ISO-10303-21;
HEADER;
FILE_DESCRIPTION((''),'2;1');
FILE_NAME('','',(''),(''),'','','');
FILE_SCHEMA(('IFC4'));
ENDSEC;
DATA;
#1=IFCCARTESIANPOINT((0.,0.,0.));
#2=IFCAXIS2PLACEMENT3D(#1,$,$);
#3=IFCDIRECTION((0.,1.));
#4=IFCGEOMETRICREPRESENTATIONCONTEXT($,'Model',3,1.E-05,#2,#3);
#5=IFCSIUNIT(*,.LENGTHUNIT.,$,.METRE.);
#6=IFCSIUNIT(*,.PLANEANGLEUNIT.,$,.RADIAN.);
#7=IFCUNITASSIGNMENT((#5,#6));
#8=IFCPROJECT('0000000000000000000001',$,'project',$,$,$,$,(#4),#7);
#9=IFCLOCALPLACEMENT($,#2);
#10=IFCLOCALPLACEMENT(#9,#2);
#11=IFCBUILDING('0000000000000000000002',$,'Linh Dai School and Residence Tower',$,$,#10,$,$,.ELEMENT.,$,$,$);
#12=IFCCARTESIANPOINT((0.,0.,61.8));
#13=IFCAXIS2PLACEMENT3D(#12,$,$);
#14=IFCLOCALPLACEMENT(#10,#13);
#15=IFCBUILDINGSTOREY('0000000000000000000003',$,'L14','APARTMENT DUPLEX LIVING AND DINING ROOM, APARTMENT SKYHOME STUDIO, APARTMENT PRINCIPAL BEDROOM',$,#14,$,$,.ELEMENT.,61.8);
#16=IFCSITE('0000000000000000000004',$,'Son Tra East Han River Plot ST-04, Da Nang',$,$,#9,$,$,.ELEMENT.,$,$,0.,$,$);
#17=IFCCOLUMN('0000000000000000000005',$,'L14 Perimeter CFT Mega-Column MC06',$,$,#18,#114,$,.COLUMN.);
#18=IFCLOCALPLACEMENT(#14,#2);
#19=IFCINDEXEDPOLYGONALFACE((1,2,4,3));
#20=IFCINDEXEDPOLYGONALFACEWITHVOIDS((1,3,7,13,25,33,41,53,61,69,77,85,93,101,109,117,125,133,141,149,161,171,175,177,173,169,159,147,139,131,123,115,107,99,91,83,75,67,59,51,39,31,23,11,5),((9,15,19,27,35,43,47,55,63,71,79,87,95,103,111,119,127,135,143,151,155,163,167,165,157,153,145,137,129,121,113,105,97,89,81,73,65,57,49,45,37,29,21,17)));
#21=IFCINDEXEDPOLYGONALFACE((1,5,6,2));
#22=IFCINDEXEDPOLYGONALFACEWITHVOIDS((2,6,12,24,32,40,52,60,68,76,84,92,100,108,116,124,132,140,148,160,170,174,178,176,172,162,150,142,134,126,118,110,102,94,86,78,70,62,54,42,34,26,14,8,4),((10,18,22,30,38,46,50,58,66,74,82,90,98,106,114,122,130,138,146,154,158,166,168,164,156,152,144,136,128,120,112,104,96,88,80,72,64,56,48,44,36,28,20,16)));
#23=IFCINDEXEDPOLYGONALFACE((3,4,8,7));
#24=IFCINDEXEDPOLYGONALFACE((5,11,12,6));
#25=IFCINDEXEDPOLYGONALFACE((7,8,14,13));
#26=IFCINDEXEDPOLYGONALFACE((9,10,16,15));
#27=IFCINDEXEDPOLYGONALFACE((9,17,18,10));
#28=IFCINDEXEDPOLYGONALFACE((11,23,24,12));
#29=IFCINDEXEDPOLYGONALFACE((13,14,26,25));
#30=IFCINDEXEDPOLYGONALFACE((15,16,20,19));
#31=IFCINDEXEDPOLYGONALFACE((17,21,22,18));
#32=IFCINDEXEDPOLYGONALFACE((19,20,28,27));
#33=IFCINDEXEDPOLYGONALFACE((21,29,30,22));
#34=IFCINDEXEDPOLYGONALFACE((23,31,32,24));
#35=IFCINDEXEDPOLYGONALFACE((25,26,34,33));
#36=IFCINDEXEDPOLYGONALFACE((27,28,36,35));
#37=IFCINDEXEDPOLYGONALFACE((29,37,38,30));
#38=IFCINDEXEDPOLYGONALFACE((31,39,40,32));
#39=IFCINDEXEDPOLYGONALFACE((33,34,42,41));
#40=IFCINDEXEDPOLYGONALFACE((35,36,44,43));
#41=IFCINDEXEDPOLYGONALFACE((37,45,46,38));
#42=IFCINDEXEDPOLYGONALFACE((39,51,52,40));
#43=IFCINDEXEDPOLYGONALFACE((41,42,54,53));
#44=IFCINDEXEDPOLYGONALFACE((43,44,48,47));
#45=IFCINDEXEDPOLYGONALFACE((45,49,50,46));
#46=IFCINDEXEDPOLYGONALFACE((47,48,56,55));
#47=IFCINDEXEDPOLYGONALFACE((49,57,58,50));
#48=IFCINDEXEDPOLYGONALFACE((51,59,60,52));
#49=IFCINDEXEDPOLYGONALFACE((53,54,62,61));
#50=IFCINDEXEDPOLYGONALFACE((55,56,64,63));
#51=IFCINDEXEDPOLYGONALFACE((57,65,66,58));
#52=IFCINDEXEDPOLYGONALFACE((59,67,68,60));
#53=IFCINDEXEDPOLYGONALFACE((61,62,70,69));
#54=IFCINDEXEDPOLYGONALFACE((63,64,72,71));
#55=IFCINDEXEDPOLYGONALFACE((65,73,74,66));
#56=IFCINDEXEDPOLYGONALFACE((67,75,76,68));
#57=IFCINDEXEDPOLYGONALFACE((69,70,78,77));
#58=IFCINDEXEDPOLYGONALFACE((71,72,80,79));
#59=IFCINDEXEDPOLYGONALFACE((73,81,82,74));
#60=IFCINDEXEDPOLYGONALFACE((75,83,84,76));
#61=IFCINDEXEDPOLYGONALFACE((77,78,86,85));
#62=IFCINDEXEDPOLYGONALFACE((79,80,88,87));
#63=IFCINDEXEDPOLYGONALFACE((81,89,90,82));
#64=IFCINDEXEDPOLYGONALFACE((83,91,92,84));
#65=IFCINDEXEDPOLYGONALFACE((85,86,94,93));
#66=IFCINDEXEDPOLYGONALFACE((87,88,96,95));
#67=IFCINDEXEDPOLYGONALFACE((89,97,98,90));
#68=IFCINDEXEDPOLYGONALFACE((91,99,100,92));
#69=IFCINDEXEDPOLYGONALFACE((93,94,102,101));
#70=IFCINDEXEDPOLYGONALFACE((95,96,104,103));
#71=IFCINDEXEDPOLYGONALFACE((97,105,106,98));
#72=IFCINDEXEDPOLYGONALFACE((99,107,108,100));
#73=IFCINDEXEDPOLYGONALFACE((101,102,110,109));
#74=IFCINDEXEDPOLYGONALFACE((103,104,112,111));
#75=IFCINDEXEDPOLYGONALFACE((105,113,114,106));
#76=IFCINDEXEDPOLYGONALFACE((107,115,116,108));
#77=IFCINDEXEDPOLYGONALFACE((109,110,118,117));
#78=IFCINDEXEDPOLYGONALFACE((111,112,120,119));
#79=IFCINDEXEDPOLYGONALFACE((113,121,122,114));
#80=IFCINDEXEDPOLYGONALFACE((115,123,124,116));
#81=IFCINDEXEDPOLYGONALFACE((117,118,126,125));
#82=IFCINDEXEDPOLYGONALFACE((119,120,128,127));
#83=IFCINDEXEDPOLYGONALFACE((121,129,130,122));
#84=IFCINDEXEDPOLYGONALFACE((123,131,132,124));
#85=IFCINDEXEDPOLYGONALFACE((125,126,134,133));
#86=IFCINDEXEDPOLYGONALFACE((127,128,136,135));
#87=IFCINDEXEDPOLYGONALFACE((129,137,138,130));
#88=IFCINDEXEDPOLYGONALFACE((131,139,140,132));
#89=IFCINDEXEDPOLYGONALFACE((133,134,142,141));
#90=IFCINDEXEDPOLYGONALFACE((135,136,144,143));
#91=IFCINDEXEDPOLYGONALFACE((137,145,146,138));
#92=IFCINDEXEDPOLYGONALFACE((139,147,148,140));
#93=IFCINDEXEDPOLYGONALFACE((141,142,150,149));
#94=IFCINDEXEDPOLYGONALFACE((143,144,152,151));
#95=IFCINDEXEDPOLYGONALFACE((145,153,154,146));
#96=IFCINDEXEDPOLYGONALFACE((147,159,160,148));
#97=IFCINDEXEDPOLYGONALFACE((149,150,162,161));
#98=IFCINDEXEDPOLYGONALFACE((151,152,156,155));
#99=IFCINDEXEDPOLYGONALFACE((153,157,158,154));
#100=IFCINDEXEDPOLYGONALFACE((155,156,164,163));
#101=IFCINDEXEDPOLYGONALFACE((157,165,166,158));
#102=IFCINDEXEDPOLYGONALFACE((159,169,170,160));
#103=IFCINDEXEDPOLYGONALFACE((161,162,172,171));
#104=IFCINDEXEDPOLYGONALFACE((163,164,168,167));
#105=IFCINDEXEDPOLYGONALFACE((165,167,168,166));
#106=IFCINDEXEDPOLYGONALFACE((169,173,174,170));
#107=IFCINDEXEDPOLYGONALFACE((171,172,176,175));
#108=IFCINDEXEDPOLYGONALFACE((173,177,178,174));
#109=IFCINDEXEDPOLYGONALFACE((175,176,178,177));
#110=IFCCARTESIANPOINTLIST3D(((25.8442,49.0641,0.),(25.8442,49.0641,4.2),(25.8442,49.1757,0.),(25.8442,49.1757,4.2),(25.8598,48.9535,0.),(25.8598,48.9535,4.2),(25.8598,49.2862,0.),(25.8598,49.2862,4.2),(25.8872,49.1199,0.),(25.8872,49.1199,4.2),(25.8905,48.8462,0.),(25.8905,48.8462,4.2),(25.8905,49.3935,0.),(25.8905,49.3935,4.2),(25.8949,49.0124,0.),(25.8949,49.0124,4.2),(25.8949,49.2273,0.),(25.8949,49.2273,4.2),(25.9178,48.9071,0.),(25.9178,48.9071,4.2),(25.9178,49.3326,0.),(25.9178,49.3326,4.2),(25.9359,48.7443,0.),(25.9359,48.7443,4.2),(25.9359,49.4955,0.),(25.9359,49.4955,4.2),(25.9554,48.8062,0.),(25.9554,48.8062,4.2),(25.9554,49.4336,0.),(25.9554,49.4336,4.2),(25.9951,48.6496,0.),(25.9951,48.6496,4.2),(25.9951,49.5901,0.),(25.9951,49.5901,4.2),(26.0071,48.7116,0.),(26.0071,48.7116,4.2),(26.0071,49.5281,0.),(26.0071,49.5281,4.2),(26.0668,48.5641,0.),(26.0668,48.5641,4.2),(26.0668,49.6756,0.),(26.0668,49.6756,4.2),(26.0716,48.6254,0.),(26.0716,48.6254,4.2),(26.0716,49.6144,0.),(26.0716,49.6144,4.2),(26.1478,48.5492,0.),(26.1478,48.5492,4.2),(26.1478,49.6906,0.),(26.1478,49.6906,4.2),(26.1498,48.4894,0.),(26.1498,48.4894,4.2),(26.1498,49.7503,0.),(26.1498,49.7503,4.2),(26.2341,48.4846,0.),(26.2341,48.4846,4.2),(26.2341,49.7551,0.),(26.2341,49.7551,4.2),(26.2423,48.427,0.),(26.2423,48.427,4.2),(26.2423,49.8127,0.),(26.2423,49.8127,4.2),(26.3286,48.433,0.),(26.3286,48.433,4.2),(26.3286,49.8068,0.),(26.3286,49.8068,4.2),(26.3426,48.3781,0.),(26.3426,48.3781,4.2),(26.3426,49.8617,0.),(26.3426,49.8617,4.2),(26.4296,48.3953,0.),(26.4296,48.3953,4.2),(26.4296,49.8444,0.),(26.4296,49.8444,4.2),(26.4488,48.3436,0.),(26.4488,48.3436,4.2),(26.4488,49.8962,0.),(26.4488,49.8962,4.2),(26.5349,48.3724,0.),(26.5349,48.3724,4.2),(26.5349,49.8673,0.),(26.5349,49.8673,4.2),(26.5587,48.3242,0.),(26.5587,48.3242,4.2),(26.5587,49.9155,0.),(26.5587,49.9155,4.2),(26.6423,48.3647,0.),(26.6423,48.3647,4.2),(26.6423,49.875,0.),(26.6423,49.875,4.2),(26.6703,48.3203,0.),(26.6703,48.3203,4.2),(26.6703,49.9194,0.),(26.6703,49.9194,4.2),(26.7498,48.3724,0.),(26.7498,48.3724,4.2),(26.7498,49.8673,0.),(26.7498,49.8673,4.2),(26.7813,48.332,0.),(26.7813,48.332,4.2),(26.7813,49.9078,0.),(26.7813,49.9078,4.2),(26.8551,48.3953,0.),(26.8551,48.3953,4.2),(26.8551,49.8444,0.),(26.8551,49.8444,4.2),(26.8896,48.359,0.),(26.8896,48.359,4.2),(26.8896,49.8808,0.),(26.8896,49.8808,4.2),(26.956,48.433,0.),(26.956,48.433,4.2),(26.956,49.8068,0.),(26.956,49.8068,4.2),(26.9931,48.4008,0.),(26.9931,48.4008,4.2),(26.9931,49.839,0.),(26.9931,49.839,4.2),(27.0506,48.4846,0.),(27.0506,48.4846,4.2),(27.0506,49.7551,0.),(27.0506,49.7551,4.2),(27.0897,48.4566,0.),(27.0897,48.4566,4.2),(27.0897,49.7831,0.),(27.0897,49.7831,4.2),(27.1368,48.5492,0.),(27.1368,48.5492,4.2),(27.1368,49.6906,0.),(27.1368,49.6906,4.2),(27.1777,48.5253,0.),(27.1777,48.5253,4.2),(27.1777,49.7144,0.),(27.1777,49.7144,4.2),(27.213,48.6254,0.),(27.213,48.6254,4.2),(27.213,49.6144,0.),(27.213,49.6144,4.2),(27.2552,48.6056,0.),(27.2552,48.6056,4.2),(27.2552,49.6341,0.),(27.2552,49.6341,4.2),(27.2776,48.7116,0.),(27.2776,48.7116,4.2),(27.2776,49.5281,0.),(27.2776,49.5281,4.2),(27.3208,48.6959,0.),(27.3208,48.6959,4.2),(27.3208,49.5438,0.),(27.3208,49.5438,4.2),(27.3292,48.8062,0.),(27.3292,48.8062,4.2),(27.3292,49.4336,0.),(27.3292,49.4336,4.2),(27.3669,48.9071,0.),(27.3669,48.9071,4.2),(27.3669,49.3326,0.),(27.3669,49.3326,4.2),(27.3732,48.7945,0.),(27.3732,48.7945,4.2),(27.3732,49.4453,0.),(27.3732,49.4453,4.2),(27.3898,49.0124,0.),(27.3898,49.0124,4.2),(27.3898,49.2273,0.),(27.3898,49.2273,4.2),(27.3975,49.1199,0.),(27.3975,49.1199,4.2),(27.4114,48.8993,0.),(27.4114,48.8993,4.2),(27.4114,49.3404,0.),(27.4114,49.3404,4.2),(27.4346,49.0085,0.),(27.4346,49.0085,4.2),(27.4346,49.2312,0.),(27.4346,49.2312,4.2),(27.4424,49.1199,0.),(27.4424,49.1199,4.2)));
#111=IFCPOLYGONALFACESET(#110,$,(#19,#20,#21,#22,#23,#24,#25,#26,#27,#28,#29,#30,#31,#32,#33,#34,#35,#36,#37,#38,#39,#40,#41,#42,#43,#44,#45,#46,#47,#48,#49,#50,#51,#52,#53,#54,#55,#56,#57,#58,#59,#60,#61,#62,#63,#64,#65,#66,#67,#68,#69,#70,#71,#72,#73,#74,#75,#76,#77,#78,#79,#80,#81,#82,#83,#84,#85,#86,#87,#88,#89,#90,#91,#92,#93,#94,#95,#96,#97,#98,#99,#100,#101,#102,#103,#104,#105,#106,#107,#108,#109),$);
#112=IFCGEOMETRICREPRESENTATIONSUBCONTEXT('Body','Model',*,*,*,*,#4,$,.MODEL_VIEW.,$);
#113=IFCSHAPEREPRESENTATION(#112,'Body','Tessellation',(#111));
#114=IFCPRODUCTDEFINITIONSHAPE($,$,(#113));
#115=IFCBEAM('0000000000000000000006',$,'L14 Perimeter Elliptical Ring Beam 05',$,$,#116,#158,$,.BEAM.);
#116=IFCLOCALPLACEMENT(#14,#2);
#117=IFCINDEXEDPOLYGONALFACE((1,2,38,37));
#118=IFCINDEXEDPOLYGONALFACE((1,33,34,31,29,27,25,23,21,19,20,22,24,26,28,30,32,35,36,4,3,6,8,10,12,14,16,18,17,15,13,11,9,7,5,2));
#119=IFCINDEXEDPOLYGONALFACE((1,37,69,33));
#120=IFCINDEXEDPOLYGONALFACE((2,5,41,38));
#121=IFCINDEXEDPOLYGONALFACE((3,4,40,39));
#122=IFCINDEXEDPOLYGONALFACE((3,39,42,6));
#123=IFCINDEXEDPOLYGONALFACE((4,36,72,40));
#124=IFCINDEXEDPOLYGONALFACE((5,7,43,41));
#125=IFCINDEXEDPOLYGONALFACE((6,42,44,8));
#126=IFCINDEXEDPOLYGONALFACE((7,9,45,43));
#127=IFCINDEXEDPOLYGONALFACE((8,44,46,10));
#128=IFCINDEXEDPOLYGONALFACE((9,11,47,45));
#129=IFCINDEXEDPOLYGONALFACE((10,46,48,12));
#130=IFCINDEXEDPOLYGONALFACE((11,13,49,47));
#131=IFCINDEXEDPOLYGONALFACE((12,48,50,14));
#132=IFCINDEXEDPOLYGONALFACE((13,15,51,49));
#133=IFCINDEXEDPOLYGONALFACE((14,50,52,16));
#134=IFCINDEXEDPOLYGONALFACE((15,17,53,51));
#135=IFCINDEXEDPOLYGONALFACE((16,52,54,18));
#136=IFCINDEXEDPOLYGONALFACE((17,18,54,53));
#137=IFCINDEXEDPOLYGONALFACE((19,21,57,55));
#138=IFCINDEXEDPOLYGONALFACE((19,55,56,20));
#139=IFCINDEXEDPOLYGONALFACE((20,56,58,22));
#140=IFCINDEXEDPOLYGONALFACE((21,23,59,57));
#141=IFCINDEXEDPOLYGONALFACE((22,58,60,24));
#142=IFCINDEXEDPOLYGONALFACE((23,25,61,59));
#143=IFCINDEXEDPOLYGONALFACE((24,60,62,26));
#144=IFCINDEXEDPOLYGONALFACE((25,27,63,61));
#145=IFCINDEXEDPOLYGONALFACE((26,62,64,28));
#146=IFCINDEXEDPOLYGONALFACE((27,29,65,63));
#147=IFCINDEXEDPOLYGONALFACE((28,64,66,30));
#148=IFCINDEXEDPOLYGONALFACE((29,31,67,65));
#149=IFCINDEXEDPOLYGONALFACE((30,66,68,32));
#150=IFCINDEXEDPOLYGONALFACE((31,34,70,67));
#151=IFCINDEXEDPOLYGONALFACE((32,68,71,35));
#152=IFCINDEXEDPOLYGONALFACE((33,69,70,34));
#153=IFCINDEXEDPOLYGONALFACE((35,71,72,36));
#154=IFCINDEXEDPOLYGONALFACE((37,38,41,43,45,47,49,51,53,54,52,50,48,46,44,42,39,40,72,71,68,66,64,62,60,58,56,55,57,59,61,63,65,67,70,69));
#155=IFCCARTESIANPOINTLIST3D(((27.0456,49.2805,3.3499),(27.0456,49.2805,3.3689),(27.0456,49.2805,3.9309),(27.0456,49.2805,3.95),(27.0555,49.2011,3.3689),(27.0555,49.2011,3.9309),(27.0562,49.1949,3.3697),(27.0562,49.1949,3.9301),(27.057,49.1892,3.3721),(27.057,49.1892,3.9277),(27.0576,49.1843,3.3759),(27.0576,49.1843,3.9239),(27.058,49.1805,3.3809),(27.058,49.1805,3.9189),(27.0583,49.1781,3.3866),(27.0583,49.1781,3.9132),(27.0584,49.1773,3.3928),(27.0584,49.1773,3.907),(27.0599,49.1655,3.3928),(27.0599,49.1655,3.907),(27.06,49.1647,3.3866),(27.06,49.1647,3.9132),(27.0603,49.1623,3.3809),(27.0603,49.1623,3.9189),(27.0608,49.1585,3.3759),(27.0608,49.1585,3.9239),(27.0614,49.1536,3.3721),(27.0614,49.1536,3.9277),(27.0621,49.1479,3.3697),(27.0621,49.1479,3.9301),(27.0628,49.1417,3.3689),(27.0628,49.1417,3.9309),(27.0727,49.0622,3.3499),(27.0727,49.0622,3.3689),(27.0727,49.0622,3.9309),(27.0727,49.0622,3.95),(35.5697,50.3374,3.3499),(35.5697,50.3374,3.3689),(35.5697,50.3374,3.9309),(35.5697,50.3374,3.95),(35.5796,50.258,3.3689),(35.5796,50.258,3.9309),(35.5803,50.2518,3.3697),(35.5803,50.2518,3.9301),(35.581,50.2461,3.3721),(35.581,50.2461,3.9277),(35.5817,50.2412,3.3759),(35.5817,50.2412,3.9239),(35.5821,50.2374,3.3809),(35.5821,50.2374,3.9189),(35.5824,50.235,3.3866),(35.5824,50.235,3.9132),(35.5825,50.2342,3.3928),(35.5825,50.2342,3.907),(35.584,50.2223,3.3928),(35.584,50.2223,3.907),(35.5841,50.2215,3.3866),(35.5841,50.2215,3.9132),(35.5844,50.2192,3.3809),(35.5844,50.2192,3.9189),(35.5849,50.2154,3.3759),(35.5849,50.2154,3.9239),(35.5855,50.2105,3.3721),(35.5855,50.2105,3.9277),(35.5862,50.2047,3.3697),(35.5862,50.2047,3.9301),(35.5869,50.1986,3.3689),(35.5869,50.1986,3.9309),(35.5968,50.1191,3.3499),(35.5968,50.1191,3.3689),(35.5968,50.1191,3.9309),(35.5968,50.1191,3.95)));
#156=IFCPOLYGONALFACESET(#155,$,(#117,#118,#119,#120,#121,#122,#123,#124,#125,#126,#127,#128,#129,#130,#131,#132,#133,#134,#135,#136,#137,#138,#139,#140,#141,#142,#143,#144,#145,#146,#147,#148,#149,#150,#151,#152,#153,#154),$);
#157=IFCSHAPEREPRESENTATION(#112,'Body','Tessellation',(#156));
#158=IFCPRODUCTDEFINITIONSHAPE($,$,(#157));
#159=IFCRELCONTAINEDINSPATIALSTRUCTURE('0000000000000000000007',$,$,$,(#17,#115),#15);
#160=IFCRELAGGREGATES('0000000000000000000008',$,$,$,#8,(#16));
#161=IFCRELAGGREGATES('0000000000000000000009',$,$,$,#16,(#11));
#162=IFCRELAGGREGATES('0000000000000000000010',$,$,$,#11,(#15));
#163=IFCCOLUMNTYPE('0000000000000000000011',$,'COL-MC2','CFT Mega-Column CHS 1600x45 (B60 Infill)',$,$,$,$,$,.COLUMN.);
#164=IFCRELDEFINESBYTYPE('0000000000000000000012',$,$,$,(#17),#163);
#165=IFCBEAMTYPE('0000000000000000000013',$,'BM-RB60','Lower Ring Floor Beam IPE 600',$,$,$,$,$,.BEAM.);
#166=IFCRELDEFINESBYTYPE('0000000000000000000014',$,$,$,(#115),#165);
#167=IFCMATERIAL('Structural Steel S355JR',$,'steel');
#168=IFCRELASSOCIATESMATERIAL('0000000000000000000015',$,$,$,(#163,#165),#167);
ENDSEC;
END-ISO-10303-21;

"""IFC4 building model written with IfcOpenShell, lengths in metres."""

from ifc_helpers import new_model, si_unit, direction, frame, origin, origin_2d, place, context, subcontext, project, spatial, hollow_circle, i_section, extrude, material, material_profile, profile_set, type_object, element, save


model = new_model("IFC4")

# Units and contexts
model_context = context("Model", 3, precision=1e-05, world=origin(), true_north=direction((0.0, 1.0)))
body_context = subcontext(model_context, "Body", "Model", "MODEL_VIEW")
ifc_project = project(units=[si_unit("LENGTHUNIT", "METRE"), si_unit("PLANEANGLEUNIT", "RADIAN")], contexts=[model_context])

# Site, building, storey
site_placement = place(None, origin())
site = spatial("IfcSite", under=ifc_project, at=site_placement, Name="Son Tra East Han River Plot ST-04, Da Nang", CompositionType="ELEMENT", RefElevation=0.0)
building_placement = place(site_placement, origin())
building = spatial("IfcBuilding", under=site, at=building_placement, Name="Linh Dai School and Residence Tower", CompositionType="ELEMENT")
storey_placement = place(building_placement, frame((0.0, 0.0, 61.8)))
storey = spatial("IfcBuildingStorey", under=building, at=storey_placement, Name="L14", Description="APARTMENT DUPLEX LIVING AND DINING ROOM, APARTMENT SKYHOME STUDIO, APARTMENT PRINCIPAL BEDROOM", CompositionType="ELEMENT", Elevation=61.8)

# Column
ifc_material_1 = material(Name="Structural Steel S355JR", Category="steel")
ifc_material_profile_1 = material_profile(ifc_material_1, hollow_circle(Radius=0.8, WallThickness=0.0449, at=origin_2d()), Name="CHS 1600x45")
ifc_profile_set_1 = profile_set([ifc_material_profile_1], Name="Structural Steel S355JR")
column_type = type_object("IfcColumnType", Name="COL-MC2", Description="CFT Mega-Column CHS 1600x45 (B60 Infill)", PredefinedType="COLUMN", material=ifc_profile_set_1)
column_placement = place(storey_placement, frame((26.6423, 49.1199, 0.0), z_axis=(0.0, 0.0, 1.0), x_axis=(1.0, 0.0, 0.0)))
element("IfcColumn", 1, at=column_placement, inside=storey, type_object=column_type, Name="L14 Perimeter CFT Mega-Column MC06", PredefinedType="COLUMN", context=body_context, shape_type="SweptSolid", body=[
    extrude(hollow_circle(Radius=0.8, WallThickness=0.0449, at=origin_2d()), origin(), (0.0, 0.0, 1.0), 4.2),
])

# Beam
ifc_material_profile_2 = material_profile(ifc_material_1, i_section(OverallWidth=0.22, OverallDepth=0.6001, WebThickness=0.012, FlangeThickness=0.019, FilletRadius=0.0239, at=origin_2d()), Name="IPE 600")
ifc_profile_set_2 = profile_set([ifc_material_profile_2], Name="Structural Steel S355JR")
beam_type_1 = type_object("IfcBeamType", Name="BM-RB60", Description="Lower Ring Floor Beam IPE 600", PredefinedType="BEAM", material=ifc_profile_set_2)
beam_1_placement = place(storey_placement, frame((35.5833, 50.2283, 3.6499), z_axis=(-0.992401, -0.123045, 0.0), x_axis=(0.123045, -0.992401, 0.0)))
element("IfcBeam", 2, at=beam_1_placement, inside=storey, type_object=beam_type_1, Name="L14 Perimeter Elliptical Ring Beam 05", PredefinedType="BEAM", context=body_context, shape_type="SweptSolid", body=[
    extrude(i_section(OverallWidth=0.22, OverallDepth=0.6001, WebThickness=0.012, FlangeThickness=0.019, FilletRadius=0.0239, at=origin_2d()), origin(), (0.0, 0.0, 1.0), 8.5894),
])

save(model, "model.ifc")
